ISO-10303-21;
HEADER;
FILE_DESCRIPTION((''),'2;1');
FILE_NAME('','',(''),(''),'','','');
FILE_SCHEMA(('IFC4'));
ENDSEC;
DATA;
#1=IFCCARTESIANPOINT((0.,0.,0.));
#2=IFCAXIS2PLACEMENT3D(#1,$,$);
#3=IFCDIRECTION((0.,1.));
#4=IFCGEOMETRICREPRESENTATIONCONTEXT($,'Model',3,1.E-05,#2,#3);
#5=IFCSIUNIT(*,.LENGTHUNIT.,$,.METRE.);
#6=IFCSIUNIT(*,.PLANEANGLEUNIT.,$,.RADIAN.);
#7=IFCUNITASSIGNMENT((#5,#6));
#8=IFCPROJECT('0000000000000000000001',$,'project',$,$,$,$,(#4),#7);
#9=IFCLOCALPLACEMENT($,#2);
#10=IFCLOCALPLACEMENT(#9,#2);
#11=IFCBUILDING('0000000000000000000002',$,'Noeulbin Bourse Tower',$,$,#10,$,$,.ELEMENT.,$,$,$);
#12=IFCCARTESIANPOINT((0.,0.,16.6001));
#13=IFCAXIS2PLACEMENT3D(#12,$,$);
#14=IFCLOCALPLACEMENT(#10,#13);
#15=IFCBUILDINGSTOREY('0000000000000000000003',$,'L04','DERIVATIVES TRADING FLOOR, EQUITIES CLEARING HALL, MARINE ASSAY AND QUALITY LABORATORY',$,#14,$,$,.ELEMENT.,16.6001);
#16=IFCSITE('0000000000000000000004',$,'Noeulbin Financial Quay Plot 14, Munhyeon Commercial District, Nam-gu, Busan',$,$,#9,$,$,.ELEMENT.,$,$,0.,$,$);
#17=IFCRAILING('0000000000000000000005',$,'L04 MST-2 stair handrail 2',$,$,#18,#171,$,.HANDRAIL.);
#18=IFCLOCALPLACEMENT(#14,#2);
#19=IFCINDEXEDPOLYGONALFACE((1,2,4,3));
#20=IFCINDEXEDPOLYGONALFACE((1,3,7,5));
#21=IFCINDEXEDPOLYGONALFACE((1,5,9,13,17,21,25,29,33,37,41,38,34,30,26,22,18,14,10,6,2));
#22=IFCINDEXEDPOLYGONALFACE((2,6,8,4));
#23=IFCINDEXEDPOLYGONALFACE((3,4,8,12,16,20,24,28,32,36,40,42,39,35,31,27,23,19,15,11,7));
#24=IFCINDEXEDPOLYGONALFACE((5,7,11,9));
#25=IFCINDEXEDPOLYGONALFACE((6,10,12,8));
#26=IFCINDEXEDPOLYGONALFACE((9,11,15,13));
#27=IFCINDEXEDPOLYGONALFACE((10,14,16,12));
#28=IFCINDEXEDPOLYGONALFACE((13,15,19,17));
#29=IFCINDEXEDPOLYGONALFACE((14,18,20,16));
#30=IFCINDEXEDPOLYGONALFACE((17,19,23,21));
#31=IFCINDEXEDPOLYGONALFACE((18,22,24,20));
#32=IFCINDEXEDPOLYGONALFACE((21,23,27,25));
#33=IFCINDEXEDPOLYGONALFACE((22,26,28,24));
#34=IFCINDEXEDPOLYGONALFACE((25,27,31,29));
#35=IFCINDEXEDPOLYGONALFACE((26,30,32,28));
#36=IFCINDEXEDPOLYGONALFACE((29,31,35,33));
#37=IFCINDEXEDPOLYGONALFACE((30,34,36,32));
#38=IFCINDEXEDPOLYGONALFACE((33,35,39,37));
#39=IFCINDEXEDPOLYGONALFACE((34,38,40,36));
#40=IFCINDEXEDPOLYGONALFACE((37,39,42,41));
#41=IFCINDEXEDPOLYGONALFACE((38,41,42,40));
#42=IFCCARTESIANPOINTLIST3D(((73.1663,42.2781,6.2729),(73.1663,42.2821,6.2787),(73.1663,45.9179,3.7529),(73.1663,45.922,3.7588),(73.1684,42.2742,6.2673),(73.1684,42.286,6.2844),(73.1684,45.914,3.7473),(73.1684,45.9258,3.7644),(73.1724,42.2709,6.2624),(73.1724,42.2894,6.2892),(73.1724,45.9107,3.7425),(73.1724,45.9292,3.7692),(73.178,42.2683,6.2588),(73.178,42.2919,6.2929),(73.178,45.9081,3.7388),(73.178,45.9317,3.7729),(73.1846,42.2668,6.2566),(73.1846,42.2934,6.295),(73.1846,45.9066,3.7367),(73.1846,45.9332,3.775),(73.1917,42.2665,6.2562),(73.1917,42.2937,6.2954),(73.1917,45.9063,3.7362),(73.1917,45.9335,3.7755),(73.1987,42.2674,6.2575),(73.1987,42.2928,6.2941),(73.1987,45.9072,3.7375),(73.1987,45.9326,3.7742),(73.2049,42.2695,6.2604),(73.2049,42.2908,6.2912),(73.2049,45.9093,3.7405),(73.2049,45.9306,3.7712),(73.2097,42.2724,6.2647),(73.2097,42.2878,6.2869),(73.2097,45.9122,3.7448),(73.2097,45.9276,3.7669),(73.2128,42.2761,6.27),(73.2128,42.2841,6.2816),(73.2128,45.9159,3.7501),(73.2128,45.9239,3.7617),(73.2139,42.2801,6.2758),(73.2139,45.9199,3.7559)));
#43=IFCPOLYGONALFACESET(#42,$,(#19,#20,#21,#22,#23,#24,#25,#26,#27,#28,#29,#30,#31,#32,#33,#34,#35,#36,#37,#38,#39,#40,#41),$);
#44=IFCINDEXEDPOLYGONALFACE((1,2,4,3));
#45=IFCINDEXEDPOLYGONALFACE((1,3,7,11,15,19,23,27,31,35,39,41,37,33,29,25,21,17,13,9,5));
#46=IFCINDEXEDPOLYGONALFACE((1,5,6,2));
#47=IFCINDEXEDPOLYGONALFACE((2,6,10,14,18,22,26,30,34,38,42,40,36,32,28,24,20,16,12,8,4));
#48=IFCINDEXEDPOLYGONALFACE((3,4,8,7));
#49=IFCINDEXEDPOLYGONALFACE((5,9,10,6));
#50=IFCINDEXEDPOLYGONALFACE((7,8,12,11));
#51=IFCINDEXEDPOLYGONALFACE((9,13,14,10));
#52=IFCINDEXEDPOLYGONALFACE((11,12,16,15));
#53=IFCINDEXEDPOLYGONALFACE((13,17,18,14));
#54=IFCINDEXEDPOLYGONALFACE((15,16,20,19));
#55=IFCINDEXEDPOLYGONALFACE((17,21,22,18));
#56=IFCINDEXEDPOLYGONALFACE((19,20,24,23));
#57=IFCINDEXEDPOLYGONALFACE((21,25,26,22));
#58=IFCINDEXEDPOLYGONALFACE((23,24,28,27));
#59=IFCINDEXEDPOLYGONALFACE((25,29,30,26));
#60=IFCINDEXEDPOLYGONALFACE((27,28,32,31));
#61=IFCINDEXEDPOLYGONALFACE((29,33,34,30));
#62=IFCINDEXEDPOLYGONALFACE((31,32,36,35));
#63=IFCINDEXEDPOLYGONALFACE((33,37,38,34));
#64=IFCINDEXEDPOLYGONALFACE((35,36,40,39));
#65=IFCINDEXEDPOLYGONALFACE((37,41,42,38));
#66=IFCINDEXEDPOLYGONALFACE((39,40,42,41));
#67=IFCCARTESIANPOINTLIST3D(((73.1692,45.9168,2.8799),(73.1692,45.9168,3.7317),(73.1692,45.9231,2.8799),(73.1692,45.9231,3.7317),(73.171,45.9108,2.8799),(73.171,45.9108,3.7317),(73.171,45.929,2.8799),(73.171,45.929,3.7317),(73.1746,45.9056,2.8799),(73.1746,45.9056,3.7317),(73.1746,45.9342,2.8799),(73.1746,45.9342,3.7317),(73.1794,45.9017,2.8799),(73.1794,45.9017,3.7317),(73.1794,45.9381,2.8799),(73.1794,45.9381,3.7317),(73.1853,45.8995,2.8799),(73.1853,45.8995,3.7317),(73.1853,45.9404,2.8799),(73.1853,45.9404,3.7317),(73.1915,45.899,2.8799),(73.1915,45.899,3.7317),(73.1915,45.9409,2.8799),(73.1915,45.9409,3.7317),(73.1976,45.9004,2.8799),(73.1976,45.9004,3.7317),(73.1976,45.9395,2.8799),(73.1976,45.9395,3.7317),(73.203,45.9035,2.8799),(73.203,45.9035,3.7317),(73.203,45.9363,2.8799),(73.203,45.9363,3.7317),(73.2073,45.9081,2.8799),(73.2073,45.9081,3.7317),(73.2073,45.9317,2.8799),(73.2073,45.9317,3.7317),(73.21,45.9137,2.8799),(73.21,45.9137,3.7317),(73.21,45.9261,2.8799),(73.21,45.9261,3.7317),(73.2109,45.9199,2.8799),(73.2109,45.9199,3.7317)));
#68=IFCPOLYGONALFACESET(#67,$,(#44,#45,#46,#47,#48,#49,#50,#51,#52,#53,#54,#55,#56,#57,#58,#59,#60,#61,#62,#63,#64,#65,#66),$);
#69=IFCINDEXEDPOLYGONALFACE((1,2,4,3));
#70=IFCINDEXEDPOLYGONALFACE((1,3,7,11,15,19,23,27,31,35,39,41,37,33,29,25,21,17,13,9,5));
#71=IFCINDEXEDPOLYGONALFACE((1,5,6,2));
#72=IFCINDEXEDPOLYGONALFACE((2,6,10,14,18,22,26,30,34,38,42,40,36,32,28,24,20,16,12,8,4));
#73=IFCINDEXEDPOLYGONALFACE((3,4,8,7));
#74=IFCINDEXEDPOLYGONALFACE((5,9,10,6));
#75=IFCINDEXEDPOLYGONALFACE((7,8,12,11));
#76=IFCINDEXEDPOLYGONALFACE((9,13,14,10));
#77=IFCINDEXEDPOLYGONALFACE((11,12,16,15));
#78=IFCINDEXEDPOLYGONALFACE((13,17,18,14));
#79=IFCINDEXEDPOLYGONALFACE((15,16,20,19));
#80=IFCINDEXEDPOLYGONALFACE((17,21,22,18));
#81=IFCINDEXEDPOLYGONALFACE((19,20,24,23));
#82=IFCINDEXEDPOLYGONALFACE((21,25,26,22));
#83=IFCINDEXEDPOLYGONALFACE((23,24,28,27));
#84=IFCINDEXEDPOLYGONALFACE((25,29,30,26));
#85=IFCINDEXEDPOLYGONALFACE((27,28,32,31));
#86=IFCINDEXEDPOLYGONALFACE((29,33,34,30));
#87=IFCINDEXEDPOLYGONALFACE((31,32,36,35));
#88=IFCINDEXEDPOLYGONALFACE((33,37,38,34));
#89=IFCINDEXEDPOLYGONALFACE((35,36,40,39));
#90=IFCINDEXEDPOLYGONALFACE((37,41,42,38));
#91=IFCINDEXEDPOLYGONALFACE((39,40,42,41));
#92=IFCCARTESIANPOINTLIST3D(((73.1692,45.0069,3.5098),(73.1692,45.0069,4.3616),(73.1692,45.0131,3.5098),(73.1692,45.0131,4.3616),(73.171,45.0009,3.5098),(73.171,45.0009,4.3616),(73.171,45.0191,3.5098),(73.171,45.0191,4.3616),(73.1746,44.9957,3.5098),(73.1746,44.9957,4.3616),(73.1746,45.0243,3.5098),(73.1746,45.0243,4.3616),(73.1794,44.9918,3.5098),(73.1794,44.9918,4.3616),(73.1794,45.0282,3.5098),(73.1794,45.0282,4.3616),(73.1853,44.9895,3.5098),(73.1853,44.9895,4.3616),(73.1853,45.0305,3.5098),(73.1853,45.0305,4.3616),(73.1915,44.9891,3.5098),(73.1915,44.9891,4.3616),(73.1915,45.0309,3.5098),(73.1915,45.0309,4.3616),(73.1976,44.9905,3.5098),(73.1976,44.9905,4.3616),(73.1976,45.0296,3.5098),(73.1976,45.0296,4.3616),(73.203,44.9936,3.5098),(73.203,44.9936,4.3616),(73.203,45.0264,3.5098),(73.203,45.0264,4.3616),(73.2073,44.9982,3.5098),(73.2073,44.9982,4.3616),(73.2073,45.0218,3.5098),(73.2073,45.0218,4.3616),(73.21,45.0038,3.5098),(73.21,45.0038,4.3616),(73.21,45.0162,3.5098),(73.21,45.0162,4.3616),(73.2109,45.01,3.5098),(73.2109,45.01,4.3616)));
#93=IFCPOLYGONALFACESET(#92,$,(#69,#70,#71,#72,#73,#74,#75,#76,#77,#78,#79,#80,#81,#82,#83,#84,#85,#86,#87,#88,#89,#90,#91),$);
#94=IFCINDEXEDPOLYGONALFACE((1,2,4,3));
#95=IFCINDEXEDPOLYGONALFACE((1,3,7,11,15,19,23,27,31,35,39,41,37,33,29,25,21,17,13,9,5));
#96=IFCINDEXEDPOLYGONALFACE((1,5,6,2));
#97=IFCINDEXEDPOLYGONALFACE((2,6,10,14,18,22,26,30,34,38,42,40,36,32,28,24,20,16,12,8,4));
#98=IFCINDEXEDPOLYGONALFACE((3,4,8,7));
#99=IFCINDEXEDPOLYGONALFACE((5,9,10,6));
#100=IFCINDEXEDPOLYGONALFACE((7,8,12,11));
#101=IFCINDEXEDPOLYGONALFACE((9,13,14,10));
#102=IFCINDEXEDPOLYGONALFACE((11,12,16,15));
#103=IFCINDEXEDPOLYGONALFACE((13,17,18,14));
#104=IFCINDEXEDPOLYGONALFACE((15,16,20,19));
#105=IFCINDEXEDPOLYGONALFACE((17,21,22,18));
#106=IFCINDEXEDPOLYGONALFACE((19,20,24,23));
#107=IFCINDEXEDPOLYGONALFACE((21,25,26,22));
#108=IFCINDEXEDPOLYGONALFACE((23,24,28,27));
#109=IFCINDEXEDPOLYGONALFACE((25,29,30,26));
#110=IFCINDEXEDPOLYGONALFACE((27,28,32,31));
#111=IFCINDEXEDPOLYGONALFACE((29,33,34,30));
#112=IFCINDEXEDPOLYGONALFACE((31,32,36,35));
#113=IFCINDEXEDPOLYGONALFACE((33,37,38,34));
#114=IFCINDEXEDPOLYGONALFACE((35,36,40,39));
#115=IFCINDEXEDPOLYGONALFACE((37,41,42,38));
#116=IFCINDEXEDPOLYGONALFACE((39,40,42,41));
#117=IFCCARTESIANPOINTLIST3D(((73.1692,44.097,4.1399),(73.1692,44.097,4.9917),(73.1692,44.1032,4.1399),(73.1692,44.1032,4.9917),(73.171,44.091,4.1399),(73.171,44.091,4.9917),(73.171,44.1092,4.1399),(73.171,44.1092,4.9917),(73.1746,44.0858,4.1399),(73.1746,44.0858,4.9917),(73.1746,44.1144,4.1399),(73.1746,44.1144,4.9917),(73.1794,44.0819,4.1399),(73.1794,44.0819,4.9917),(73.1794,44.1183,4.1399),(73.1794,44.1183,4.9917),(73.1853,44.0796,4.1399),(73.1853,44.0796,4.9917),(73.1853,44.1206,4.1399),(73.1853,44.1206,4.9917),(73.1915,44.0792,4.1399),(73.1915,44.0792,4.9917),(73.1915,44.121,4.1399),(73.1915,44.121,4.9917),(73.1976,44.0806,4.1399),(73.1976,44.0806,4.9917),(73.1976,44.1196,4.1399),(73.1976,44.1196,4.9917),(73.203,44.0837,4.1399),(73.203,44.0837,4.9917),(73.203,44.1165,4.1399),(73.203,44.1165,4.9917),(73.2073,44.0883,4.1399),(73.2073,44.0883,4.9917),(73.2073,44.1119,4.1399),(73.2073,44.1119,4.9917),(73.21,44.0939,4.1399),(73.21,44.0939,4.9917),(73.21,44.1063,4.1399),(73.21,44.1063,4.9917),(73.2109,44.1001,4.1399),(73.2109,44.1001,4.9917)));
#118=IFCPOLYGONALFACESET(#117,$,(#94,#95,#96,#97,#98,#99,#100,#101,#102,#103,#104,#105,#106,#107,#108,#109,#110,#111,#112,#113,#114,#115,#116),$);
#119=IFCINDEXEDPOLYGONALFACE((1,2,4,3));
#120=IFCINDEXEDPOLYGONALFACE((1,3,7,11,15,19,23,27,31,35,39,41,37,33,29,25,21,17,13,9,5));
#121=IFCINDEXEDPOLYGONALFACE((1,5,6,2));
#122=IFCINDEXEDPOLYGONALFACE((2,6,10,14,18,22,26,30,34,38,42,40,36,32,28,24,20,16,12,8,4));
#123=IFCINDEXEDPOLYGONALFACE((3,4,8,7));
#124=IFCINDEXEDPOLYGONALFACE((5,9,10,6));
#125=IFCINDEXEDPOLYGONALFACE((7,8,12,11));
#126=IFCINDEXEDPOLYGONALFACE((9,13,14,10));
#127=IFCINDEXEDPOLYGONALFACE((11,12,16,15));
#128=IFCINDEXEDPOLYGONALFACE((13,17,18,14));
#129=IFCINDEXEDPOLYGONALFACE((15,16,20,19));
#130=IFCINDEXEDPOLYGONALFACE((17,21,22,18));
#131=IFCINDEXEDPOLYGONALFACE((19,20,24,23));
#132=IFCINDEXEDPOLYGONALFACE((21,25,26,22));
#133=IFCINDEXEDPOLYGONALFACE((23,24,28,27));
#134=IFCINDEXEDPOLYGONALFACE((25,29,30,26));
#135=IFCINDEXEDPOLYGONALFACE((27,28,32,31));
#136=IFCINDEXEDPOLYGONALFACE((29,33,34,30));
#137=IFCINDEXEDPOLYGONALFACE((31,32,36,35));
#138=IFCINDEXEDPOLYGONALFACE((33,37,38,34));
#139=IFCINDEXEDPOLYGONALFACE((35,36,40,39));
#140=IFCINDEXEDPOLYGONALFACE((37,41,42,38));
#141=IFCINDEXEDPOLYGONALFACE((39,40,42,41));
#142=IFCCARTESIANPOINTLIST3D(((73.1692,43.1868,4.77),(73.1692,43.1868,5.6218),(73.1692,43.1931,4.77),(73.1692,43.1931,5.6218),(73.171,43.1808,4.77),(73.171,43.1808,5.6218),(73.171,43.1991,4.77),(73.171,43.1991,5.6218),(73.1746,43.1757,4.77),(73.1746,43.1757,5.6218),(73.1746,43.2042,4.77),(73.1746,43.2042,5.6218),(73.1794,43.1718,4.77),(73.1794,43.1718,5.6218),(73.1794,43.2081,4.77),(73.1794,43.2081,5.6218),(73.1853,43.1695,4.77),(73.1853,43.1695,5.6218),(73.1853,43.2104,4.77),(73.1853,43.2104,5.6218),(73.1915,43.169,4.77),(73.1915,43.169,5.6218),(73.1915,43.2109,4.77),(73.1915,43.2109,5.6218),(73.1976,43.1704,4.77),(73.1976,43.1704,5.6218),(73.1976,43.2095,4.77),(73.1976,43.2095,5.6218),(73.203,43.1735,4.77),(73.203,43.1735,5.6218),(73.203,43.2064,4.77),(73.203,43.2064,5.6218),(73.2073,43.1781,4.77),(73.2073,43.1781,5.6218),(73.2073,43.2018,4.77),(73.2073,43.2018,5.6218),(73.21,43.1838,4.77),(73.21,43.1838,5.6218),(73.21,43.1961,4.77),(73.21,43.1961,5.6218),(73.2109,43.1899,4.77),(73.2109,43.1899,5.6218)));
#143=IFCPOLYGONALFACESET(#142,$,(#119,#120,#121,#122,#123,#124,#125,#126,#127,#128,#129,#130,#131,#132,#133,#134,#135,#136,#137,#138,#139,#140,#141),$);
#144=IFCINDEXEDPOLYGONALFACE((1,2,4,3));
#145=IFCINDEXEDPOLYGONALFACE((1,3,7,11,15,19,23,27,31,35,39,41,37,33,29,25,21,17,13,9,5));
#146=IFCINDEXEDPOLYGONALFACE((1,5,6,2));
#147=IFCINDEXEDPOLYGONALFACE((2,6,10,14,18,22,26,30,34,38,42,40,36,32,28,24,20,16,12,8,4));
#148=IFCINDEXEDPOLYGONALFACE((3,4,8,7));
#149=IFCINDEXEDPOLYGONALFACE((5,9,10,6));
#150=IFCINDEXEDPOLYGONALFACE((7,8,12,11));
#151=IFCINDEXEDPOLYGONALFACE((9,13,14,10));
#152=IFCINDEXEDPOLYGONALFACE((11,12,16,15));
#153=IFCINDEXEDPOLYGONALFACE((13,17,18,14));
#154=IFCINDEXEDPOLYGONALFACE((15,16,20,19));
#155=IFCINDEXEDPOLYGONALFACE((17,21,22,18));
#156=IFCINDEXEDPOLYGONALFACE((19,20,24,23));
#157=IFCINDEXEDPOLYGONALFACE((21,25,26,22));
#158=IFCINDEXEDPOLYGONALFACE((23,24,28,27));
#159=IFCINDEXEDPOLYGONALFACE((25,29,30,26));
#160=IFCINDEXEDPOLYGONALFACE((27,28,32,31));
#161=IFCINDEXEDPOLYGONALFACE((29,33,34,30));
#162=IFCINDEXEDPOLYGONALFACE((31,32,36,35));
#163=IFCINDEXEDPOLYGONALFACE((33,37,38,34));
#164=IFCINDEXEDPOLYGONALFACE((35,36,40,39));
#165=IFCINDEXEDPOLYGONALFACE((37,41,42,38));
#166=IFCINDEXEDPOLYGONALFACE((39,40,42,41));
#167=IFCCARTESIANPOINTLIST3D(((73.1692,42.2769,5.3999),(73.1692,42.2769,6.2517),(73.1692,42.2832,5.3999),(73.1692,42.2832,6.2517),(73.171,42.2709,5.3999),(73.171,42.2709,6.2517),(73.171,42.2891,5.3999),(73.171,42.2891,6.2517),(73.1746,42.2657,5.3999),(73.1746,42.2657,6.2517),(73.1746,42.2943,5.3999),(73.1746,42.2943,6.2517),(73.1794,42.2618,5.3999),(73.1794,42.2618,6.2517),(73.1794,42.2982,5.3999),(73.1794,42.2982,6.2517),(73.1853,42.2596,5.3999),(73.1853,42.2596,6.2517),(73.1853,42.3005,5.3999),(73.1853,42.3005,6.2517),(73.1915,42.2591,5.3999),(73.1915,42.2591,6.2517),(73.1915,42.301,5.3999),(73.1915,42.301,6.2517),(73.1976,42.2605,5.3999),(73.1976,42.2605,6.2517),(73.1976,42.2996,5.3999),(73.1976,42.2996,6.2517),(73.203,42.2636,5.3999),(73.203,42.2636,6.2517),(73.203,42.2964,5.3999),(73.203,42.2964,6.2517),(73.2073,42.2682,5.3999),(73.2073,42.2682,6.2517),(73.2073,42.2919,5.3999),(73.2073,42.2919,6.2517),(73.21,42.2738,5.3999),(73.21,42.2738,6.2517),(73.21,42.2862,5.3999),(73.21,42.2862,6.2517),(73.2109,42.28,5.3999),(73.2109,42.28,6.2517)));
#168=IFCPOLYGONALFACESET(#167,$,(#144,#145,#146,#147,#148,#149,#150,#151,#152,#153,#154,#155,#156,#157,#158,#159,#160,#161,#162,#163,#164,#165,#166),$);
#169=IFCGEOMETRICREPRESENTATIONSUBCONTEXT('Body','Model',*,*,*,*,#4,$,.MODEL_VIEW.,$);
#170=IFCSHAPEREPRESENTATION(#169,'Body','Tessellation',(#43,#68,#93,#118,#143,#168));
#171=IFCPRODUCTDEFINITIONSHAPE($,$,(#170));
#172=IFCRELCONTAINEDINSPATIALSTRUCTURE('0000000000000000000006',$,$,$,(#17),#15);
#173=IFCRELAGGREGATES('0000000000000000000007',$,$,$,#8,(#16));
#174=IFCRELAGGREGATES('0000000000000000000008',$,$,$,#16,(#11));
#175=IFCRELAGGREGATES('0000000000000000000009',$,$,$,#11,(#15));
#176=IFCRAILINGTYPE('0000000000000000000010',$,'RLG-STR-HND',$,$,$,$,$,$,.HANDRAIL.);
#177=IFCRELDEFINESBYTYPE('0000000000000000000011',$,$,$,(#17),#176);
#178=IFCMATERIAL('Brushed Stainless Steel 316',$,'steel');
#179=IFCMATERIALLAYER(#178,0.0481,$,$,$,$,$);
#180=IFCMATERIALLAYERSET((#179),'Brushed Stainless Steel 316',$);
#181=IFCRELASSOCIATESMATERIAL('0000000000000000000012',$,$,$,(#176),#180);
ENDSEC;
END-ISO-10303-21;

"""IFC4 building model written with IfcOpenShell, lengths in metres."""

from ifc_helpers import new_model, si_unit, direction, frame, origin, origin_2d, place, context, subcontext, project, spatial, circle, extrude, material, layer, layer_set, type_object, element, save


model = new_model("IFC4")

# Units and contexts
model_context = context("Model", 3, precision=1e-05, world=origin(), true_north=direction((0.0, 1.0)))
body_context = subcontext(model_context, "Body", "Model", "MODEL_VIEW")
ifc_project = project(units=[si_unit("LENGTHUNIT", "METRE"), si_unit("PLANEANGLEUNIT", "RADIAN")], contexts=[model_context])

# Site, building, storey
site_placement = place(None, origin())
site = spatial("IfcSite", under=ifc_project, at=site_placement, Name="Noeulbin Financial Quay Plot 14, Munhyeon Commercial District, Nam-gu, Busan", CompositionType="ELEMENT", RefElevation=0.0)
building_placement = place(site_placement, origin())
building = spatial("IfcBuilding", under=site, at=building_placement, Name="Noeulbin Bourse Tower", CompositionType="ELEMENT")
storey_placement = place(building_placement, frame((0.0, 0.0, 16.6001)))
storey = spatial("IfcBuildingStorey", under=building, at=storey_placement, Name="L04", Description="DERIVATIVES TRADING FLOOR, EQUITIES CLEARING HALL, MARINE ASSAY AND QUALITY LABORATORY", CompositionType="ELEMENT", Elevation=16.6001)

# Railing
ifc_material_1 = material(Name="Brushed Stainless Steel 316", Category="steel")
ifc_layer_1 = layer(ifc_material_1, 0.0481)
ifc_layer_set_1 = layer_set([ifc_layer_1], Name="Brushed Stainless Steel 316")
railing_type_1 = type_object("IfcRailingType", Name="RLG-STR-HND", PredefinedType="HANDRAIL", material=ifc_layer_set_1)
railing_1_placement = place(storey_placement, frame((73.1899, 45.9199, 2.8799)))
element("IfcRailing", 1, at=railing_1_placement, inside=storey, type_object=railing_type_1, Name="L04 MST-2 stair handrail 2", PredefinedType="HANDRAIL", context=body_context, shape_type="SweptSolid", body=[
    extrude(circle(Radius=0.0239, at=origin_2d()), frame((0.0, 0.0, 0.876), z_axis=(0.0, -0.822182, 0.569224), x_axis=(1.0, 0.0, 0.0)), (0.0, 0.0, 1.0), 4.427),
    extrude(circle(Radius=0.021, at=origin_2d()), origin(), (0.0, 0.0, 1.0), 0.8518),
    extrude(circle(Radius=0.021, at=origin_2d()), frame((0.0, -0.9099, 0.6299)), (0.0, 0.0, 1.0), 0.8518),
    extrude(circle(Radius=0.021, at=origin_2d()), frame((0.0, -1.8198, 1.26)), (0.0, 0.0, 1.0), 0.8518),
    extrude(circle(Radius=0.021, at=origin_2d()), frame((0.0, -2.73, 1.8901)), (0.0, 0.0, 1.0), 0.8518),
    extrude(circle(Radius=0.021, at=origin_2d()), frame((0.0, -3.6399, 2.52)), (0.0, 0.0, 1.0), 0.8518),
])

save(model, "model.ifc")
